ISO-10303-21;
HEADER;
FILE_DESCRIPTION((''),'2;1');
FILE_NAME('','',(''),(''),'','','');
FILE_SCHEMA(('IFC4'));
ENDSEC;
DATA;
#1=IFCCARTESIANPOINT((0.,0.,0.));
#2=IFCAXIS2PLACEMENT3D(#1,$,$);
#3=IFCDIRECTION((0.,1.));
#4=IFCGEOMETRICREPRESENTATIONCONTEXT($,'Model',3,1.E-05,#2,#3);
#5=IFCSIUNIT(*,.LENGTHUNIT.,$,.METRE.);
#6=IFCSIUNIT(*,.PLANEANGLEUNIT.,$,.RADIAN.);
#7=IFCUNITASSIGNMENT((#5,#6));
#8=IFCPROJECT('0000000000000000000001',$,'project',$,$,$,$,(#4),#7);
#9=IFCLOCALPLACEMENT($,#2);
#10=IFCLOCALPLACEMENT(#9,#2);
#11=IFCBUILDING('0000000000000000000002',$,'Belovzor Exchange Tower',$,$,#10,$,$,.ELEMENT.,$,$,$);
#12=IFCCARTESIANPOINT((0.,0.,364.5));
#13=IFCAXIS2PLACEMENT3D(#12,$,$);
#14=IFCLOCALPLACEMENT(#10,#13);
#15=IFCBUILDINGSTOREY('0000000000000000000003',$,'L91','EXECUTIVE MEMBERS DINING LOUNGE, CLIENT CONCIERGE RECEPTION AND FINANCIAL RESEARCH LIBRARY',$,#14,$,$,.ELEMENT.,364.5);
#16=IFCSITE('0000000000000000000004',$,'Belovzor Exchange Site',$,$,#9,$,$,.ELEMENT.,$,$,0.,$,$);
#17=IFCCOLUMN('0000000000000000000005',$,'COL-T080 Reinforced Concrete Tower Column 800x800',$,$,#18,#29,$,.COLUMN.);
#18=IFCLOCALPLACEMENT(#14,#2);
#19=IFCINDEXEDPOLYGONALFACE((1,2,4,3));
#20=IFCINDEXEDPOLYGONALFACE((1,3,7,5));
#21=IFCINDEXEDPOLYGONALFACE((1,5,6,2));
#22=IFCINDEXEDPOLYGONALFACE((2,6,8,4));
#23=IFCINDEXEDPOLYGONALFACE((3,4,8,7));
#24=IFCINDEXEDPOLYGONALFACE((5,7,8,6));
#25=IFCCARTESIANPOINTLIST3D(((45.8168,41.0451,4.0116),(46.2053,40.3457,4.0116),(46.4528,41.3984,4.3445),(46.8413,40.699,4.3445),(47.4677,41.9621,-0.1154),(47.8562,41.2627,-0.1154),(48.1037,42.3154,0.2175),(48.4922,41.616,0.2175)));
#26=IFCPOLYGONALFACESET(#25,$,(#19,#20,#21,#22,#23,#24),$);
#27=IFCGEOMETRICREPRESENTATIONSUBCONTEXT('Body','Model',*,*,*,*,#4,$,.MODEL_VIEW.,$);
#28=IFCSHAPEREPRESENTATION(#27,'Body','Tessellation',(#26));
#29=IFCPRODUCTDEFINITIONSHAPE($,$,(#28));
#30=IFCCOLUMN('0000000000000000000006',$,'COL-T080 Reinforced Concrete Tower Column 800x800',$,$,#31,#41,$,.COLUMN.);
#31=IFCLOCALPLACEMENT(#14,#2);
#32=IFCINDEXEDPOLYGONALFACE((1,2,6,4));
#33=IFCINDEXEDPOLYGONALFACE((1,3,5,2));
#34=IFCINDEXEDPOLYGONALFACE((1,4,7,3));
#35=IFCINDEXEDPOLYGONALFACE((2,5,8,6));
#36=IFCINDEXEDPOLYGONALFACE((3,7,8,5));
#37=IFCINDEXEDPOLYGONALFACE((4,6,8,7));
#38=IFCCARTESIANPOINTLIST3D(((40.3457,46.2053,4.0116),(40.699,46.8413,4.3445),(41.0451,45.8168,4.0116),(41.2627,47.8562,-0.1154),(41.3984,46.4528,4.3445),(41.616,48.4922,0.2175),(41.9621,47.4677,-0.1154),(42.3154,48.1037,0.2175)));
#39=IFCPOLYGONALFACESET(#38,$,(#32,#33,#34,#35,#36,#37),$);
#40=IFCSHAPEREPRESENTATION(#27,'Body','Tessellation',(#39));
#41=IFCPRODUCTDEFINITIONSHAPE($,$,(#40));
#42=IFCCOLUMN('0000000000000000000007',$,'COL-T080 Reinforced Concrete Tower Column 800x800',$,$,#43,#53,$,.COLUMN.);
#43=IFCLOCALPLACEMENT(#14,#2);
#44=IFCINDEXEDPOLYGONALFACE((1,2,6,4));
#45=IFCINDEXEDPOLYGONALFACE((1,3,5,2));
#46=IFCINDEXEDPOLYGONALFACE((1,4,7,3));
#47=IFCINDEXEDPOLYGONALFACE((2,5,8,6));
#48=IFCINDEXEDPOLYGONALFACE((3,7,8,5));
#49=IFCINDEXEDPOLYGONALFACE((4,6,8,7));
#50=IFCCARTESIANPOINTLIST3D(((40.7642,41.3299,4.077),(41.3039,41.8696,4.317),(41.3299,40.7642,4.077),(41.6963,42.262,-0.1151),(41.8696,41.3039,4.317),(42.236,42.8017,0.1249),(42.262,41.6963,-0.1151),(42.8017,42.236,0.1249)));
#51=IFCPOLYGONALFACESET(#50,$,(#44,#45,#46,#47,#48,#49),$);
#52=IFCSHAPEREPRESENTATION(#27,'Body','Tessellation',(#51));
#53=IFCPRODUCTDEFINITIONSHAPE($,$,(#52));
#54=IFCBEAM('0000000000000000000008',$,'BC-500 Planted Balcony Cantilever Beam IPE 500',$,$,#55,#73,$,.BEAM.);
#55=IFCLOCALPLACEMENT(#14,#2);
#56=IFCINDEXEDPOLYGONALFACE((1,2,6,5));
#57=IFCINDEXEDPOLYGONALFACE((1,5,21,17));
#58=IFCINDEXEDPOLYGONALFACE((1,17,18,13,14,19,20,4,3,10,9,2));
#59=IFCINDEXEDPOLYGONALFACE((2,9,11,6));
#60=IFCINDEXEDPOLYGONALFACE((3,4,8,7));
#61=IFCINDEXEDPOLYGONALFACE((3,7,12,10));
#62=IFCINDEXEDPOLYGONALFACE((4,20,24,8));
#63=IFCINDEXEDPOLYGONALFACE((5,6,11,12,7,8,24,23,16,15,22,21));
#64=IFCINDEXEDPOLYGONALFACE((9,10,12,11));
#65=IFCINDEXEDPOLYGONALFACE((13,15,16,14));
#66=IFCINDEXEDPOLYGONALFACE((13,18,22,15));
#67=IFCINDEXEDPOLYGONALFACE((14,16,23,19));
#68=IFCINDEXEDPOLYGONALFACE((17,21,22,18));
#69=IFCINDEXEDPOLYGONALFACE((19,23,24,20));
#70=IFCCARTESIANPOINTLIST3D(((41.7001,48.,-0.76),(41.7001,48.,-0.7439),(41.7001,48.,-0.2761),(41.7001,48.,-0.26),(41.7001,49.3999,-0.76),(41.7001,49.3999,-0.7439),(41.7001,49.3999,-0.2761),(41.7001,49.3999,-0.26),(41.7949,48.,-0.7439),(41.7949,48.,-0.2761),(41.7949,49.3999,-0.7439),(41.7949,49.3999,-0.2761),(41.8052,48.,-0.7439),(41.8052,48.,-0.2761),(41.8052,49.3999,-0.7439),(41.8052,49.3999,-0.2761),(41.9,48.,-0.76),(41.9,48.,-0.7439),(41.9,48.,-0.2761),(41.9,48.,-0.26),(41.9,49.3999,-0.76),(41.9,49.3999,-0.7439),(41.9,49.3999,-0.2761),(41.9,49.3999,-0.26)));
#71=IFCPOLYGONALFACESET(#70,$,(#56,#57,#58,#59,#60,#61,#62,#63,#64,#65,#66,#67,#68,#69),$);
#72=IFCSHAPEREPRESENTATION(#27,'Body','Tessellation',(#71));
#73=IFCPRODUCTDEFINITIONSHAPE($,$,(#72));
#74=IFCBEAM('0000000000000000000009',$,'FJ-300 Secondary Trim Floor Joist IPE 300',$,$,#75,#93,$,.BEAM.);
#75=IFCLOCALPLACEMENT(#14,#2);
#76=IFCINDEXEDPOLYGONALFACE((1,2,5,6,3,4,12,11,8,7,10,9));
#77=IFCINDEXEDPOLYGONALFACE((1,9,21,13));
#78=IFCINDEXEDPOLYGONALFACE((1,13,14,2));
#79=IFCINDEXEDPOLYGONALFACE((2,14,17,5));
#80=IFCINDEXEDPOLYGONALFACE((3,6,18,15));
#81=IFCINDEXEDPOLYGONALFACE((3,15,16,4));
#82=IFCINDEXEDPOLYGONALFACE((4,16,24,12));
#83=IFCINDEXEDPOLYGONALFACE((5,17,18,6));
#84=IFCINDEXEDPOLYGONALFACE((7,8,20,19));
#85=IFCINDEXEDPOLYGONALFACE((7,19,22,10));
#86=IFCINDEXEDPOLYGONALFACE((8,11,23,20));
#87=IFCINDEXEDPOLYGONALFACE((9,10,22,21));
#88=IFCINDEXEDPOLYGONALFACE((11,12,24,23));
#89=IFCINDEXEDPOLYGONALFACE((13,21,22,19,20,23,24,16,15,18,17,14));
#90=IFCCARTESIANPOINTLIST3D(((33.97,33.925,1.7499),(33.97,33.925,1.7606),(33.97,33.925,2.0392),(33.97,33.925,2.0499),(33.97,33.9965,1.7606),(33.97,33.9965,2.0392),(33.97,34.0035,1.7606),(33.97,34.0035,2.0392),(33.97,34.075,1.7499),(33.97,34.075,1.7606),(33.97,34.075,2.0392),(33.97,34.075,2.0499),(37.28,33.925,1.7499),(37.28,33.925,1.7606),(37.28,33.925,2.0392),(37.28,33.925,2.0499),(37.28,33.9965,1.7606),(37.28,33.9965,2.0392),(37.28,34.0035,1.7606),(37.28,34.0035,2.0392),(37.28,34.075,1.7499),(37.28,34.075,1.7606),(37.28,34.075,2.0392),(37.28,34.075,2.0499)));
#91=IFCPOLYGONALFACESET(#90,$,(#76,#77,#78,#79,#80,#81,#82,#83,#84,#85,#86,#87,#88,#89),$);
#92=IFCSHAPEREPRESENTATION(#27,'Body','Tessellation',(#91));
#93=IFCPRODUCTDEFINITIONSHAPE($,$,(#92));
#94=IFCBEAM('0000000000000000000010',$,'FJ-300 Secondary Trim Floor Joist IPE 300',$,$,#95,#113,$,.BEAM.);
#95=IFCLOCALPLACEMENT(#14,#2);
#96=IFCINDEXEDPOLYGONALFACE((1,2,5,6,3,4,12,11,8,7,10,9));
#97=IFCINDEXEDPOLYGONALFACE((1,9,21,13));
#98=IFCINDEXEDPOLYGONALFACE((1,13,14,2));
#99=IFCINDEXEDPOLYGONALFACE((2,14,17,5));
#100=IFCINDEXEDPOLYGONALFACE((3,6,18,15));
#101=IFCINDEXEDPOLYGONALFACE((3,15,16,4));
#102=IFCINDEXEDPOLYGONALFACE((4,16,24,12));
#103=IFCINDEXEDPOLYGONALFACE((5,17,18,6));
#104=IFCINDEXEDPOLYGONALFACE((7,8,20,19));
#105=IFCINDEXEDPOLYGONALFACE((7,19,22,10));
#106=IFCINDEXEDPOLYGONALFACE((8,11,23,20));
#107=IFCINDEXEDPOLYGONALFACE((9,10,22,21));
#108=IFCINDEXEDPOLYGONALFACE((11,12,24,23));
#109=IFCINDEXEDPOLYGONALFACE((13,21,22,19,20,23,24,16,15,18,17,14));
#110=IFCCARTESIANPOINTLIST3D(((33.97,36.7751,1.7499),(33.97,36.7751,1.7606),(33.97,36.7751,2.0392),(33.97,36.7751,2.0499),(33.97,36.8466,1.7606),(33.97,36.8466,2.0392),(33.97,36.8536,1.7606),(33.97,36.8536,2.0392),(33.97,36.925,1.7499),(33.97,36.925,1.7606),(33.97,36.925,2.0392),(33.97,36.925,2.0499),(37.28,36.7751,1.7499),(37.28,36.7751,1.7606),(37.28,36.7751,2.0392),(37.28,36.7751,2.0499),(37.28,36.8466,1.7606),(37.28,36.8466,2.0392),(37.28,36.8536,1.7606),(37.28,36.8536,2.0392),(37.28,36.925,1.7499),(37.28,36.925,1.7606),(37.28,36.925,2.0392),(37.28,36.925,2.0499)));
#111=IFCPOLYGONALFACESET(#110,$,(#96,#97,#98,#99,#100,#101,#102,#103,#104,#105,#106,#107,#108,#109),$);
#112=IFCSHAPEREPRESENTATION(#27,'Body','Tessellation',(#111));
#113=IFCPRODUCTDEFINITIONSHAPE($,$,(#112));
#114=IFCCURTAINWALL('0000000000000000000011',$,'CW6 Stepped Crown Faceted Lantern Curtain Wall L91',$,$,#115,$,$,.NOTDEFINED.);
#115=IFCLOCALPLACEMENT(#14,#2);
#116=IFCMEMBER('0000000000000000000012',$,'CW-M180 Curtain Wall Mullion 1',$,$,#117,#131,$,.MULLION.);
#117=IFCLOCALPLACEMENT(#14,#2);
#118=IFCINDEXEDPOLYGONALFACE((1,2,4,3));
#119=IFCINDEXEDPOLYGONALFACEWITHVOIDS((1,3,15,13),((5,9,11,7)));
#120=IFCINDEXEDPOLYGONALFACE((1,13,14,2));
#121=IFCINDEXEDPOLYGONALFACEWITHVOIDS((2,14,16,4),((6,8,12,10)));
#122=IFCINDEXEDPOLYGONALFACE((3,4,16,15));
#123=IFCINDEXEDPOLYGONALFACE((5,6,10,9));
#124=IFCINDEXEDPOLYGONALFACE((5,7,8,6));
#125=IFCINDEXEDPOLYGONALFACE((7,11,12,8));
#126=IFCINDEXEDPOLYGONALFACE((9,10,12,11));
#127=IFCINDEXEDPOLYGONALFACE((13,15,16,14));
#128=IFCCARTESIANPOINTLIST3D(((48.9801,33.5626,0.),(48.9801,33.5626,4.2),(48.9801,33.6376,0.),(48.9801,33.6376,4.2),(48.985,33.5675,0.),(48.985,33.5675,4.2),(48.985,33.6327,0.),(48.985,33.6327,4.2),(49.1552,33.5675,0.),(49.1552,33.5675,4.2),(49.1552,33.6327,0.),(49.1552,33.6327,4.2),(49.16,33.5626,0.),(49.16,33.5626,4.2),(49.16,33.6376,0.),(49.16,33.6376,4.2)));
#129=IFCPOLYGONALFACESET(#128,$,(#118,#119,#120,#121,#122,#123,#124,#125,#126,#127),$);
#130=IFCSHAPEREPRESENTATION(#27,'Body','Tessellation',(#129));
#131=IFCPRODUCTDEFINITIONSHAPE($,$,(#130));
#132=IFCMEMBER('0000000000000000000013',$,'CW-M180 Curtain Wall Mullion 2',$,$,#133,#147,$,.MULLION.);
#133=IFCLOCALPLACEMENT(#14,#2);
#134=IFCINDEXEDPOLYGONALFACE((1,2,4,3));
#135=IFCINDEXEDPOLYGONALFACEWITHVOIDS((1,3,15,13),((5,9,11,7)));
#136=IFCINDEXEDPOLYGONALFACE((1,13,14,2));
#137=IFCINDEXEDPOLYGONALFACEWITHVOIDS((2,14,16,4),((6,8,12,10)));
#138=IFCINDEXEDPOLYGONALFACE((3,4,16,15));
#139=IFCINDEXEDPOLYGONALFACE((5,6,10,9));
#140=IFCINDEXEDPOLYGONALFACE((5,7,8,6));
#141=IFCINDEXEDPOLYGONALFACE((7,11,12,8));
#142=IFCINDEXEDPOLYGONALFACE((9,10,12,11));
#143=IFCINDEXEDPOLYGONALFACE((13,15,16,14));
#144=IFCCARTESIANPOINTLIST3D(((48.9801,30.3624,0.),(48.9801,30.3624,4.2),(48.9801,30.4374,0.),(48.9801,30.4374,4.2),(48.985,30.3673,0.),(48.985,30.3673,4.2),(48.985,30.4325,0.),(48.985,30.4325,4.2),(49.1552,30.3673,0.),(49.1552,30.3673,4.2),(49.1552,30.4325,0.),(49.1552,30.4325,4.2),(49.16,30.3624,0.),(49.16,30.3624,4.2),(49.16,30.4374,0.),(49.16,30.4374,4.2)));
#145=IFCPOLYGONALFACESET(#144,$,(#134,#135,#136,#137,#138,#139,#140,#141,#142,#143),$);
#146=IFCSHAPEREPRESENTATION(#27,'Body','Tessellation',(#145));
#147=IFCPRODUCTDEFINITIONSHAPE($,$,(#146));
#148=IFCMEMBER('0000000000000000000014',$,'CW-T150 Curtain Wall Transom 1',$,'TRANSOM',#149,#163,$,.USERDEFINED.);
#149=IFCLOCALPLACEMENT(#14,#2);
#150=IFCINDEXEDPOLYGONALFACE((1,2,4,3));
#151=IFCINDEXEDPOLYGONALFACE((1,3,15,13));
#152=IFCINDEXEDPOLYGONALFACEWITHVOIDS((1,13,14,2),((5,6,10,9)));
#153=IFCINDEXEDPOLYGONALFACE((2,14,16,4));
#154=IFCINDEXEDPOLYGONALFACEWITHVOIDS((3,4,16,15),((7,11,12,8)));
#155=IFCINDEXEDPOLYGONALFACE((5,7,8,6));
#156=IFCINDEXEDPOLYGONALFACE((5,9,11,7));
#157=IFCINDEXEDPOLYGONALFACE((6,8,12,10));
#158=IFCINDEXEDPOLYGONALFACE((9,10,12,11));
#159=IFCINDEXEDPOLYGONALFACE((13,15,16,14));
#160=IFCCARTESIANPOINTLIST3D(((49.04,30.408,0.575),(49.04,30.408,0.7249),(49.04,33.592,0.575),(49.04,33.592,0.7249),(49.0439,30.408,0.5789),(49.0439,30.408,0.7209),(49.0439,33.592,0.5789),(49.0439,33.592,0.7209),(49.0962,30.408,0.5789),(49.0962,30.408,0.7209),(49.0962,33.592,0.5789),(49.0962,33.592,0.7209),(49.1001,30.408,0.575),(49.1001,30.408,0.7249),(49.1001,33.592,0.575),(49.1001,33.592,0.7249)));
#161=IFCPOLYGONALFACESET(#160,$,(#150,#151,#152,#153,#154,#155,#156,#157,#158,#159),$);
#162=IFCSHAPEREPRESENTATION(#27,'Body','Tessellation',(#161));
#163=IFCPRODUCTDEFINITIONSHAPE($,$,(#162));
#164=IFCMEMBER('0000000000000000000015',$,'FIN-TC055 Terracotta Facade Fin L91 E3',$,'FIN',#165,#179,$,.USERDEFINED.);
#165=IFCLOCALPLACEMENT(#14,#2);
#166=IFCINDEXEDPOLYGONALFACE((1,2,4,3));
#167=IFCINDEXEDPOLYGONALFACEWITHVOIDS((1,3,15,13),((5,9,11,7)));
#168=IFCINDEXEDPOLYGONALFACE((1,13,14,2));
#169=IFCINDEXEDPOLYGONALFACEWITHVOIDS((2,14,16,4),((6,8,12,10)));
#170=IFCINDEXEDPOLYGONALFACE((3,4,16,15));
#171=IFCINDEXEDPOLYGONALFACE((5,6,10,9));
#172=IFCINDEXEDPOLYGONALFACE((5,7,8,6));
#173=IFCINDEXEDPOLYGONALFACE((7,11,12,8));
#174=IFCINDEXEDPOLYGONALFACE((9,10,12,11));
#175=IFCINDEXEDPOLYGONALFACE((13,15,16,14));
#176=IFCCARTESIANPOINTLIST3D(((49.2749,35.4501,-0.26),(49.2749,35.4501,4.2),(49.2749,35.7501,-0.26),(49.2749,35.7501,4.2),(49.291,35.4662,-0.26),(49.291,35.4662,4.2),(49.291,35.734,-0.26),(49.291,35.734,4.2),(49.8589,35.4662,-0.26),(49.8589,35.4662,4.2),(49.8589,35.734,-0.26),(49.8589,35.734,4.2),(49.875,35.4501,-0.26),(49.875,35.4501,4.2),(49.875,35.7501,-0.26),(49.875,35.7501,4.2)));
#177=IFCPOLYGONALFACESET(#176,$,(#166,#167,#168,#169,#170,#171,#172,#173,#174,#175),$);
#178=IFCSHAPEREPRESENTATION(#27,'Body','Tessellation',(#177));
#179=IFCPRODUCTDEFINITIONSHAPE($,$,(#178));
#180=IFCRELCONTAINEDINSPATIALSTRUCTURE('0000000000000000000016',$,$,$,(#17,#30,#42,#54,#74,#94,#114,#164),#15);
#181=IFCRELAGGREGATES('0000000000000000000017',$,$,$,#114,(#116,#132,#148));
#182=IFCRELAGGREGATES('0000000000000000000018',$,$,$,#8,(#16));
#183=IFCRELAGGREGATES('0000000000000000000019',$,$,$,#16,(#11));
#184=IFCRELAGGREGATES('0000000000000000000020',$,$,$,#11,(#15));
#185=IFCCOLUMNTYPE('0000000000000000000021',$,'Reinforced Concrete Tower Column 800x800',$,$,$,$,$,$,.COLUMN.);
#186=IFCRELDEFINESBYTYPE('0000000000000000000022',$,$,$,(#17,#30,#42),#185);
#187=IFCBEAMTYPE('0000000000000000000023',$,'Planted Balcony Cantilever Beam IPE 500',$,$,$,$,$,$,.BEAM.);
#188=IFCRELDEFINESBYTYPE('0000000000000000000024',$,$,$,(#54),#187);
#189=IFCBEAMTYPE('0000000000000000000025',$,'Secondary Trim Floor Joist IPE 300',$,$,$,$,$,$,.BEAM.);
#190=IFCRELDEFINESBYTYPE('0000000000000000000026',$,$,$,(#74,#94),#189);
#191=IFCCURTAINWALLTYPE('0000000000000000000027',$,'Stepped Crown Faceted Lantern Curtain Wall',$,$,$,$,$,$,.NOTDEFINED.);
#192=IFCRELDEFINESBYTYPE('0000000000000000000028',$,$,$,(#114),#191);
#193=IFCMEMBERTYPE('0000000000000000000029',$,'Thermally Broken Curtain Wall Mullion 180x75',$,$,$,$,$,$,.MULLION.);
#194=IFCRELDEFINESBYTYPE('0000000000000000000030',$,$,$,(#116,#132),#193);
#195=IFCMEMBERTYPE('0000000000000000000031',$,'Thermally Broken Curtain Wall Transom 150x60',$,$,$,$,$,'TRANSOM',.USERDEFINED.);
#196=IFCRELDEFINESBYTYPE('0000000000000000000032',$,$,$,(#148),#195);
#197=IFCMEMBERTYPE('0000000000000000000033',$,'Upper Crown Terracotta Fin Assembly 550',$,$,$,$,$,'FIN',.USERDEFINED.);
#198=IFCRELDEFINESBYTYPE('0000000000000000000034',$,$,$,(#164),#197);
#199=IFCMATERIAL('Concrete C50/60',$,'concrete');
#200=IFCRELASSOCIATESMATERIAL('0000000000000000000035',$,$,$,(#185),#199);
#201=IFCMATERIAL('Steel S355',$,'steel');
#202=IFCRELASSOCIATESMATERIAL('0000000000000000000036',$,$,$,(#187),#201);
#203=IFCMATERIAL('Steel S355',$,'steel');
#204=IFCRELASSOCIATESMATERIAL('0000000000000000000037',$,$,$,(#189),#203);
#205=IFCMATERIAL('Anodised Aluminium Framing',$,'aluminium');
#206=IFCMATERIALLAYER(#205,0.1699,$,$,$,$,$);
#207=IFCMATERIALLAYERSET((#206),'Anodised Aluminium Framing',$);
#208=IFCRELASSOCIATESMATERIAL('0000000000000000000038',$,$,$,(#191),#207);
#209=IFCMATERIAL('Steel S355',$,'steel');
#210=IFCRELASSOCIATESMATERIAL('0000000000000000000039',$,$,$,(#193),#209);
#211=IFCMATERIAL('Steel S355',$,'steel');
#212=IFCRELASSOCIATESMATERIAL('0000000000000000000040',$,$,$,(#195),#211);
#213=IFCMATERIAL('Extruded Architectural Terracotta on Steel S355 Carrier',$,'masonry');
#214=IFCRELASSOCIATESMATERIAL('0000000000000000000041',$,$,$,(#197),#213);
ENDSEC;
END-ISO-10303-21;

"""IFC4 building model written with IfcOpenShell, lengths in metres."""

from ifc_helpers import new_model, si_unit, direction, frame, origin, origin_2d, place, context, subcontext, project, spatial, rectangle, hollow_rectangle, i_section, extrude, material, layer, layer_set, material_profile, profile_set, type_object, element, aggregate, save


model = new_model("IFC4")

# Units and contexts
model_context = context("Model", 3, precision=1e-05, world=origin(), true_north=direction((0.0, 1.0)))
body_context = subcontext(model_context, "Body", "Model", "MODEL_VIEW")
ifc_project = project(units=[si_unit("LENGTHUNIT", "METRE"), si_unit("PLANEANGLEUNIT", "RADIAN")], contexts=[model_context])

# Site, building, storey
site_placement = place(None, origin())
site = spatial("IfcSite", under=ifc_project, at=site_placement, Name="Belovzor Exchange Site", CompositionType="ELEMENT", RefElevation=0.0)
building_placement = place(site_placement, origin())
building = spatial("IfcBuilding", under=site, at=building_placement, Name="Belovzor Exchange Tower", CompositionType="ELEMENT")
storey_placement = place(building_placement, frame((0.0, 0.0, 364.5)))
storey = spatial("IfcBuildingStorey", under=building, at=storey_placement, Name="L91", Description="EXECUTIVE MEMBERS DINING LOUNGE, CLIENT CONCIERGE RECEPTION AND FINANCIAL RESEARCH LIBRARY", CompositionType="ELEMENT", Elevation=364.5)

# Columns
ifc_material_1 = material(Name="Concrete C50/60", Category="concrete")
ifc_material_profile_1 = material_profile(ifc_material_1, rectangle(XDim=0.8, YDim=0.8, at=origin_2d()))
ifc_profile_set_1 = profile_set([ifc_material_profile_1], Name="Concrete C50/60")
column_type = type_object("IfcColumnType", Name="Reinforced Concrete Tower Column 800x800", PredefinedType="COLUMN", material=ifc_profile_set_1)
for number, where, z_axis, x_axis, name in (
    (1, (47.98, 41.7891, 0.051), (-0.36375, -0.202047, 0.90932), (0.485577, -0.874194, 0.0), "COL-T080 Reinforced Concrete Tower Column 800x800"),
    (2, (41.7891, 47.98, 0.051), (-0.202047, -0.36375, 0.90932), (0.874194, -0.485577, 0.0), "COL-T080 Reinforced Concrete Tower Column 800x800"),
):
    element("IfcColumn", number, at=place(storey_placement, frame(where, z_axis=z_axis, x_axis=x_axis)), inside=storey, type_object=column_type, Name=name, PredefinedType="COLUMN", context=body_context, shape_type="SweptSolid", body=[
        extrude(rectangle(XDim=0.8, YDim=0.8, at=origin_2d()), origin(), (0.0, 0.0, 1.0), 4.5386),
    ])
column_placement = place(storey_placement, frame((42.249, 42.249, 0.0049), z_axis=(-0.212112, -0.212112, 0.953948), x_axis=(0.707107, -0.707107, 0.0)))
element("IfcColumn", 3, at=column_placement, inside=storey, type_object=column_type, Name="COL-T080 Reinforced Concrete Tower Column 800x800", PredefinedType="COLUMN", context=body_context, shape_type="SweptSolid", body=[
    extrude(rectangle(XDim=0.8, YDim=0.8, at=origin_2d()), origin(), (0.0, 0.0, 1.0), 4.3945),
])

# Beams
ifc_material_2 = material(Name="Steel S355", Category="steel")
ifc_material_profile_2 = material_profile(ifc_material_2, i_section(OverallWidth=0.2, OverallDepth=0.5, WebThickness=0.0103, FlangeThickness=0.0161, at=origin_2d()))
ifc_profile_set_2 = profile_set([ifc_material_profile_2], Name="Steel S355")
beam_type_1 = type_object("IfcBeamType", Name="Planted Balcony Cantilever Beam IPE 500", PredefinedType="BEAM", material=ifc_profile_set_2)
beam_1_placement = place(storey_placement, frame((41.8, 48.0, -0.51), z_axis=(0.0, 1.0, 0.0), x_axis=(-1.0, 0.0, 0.0)))
element("IfcBeam", 4, at=beam_1_placement, inside=storey, type_object=beam_type_1, Name="BC-500 Planted Balcony Cantilever Beam IPE 500", PredefinedType="BEAM", context=body_context, shape_type="SweptSolid", body=[
    extrude(i_section(OverallWidth=0.2, OverallDepth=0.5, WebThickness=0.0103, FlangeThickness=0.0161, at=origin_2d()), origin(), (0.0, 0.0, 1.0), 1.3999),
])
ifc_material_3 = material(Name="Steel S355", Category="steel")
ifc_material_profile_3 = material_profile(ifc_material_3, i_section(OverallWidth=0.1499, OverallDepth=0.3, WebThickness=0.0071, FlangeThickness=0.0107, at=origin_2d()))
ifc_profile_set_3 = profile_set([ifc_material_profile_3], Name="Steel S355")
beam_type_2 = type_object("IfcBeamType", Name="Secondary Trim Floor Joist IPE 300", PredefinedType="BEAM", material=ifc_profile_set_3)
for number, where, z_axis, x_axis, name in (
    (5, (37.28, 34.0, 1.8999), (-1.0, 0.0, 0.0), (0.0, -1.0, 0.0), "FJ-300 Secondary Trim Floor Joist IPE 300"),
    (6, (37.28, 36.8501, 1.8999), (-1.0, 0.0, 0.0), (0.0, -1.0, 0.0), "FJ-300 Secondary Trim Floor Joist IPE 300"),
):
    element("IfcBeam", number, at=place(storey_placement, frame(where, z_axis=z_axis, x_axis=x_axis)), inside=storey, type_object=beam_type_2, Name=name, PredefinedType="BEAM", context=body_context, shape_type="SweptSolid", body=[
        extrude(i_section(OverallWidth=0.1499, OverallDepth=0.3, WebThickness=0.0071, FlangeThickness=0.0107, at=origin_2d()), origin(), (0.0, 0.0, 1.0), 3.3101),
    ])

# Curtain wall, members
ifc_material_4 = material(Name="Anodised Aluminium Framing", Category="aluminium")
ifc_layer_1 = layer(ifc_material_4, 0.1699)
ifc_layer_set_1 = layer_set([ifc_layer_1], Name="Anodised Aluminium Framing")
curtain_wall_type = type_object("IfcCurtainWallType", Name="Stepped Crown Faceted Lantern Curtain Wall", PredefinedType="NOTDEFINED", material=ifc_layer_set_1)
curtain_wall_placement = place(storey_placement, origin())
curtain_wall = element("IfcCurtainWall", 7, at=curtain_wall_placement, inside=storey, type_object=curtain_wall_type, Name="CW6 Stepped Crown Faceted Lantern Curtain Wall L91", PredefinedType="NOTDEFINED")
ifc_material_5 = material(Name="Steel S355", Category="steel")
ifc_material_profile_4 = material_profile(ifc_material_5, hollow_rectangle(XDim=0.075, YDim=0.1799, WallThickness=0.0049, at=origin_2d()))
ifc_profile_set_4 = profile_set([ifc_material_profile_4], Name="Steel S355")
member_type_1 = type_object("IfcMemberType", Name="Thermally Broken Curtain Wall Mullion 180x75", PredefinedType="MULLION", material=ifc_profile_set_4)
member_1_placement = place(storey_placement, frame((49.0701, 33.6001, 0.0), z_axis=(0.0, 0.0, 1.0), x_axis=(0.0, -1.0, 0.0)))
member_1 = element("IfcMember", 8, at=member_1_placement, type_object=member_type_1, Name="CW-M180 Curtain Wall Mullion 1", PredefinedType="MULLION", context=body_context, shape_type="SweptSolid", body=[
    extrude(hollow_rectangle(XDim=0.075, YDim=0.1799, WallThickness=0.0049, at=origin_2d()), origin(), (0.0, 0.0, 1.0), 4.2),
])
member_2_placement = place(storey_placement, frame((49.0701, 30.3999, 0.0), z_axis=(0.0, 0.0, 1.0), x_axis=(0.0, -1.0, 0.0)))
member_2 = element("IfcMember", 9, at=member_2_placement, type_object=member_type_1, Name="CW-M180 Curtain Wall Mullion 2", PredefinedType="MULLION", context=body_context, shape_type="SweptSolid", body=[
    extrude(hollow_rectangle(XDim=0.075, YDim=0.1799, WallThickness=0.0049, at=origin_2d()), origin(), (0.0, 0.0, 1.0), 4.2),
])
ifc_material_6 = material(Name="Steel S355", Category="steel")
ifc_material_profile_5 = material_profile(ifc_material_6, hollow_rectangle(XDim=0.0601, YDim=0.1499, WallThickness=0.0039, at=origin_2d()))
ifc_profile_set_5 = profile_set([ifc_material_profile_5], Name="Steel S355")
member_type_2 = type_object("IfcMemberType", Name="Thermally Broken Curtain Wall Transom 150x60", ElementType="TRANSOM", PredefinedType="USERDEFINED", material=ifc_profile_set_5)
member_3_placement = place(storey_placement, frame((49.0701, 33.592, 0.6499), z_axis=(0.0, -1.0, 0.0), x_axis=(1.0, 0.0, 0.0)))
member_3 = element("IfcMember", 10, at=member_3_placement, type_object=member_type_2, Name="CW-T150 Curtain Wall Transom 1", ObjectType="TRANSOM", PredefinedType="USERDEFINED", context=body_context, shape_type="SweptSolid", body=[
    extrude(hollow_rectangle(XDim=0.0601, YDim=0.1499, WallThickness=0.0039, at=origin_2d()), origin(), (0.0, 0.0, 1.0), 3.1841),
])

# Member
ifc_material_7 = material(Name="Extruded Architectural Terracotta on Steel S355 Carrier", Category="masonry")
ifc_material_profile_6 = material_profile(ifc_material_7, hollow_rectangle(XDim=0.3, YDim=0.6001, WallThickness=0.0161, at=origin_2d()))
ifc_profile_set_6 = profile_set([ifc_material_profile_6], Name="Extruded Architectural Terracotta on Steel S355 Carrier")
member_type_3 = type_object("IfcMemberType", Name="Upper Crown Terracotta Fin Assembly 550", ElementType="FIN", PredefinedType="USERDEFINED", material=ifc_profile_set_6)
for number, where, z_axis, x_axis, name in (
    (11, (49.575, 35.6001, -0.26), (0.0, 0.0, 1.0), (0.0, 1.0, 0.0), "FIN-TC055 Terracotta Facade Fin L91 E3"),
):
    element("IfcMember", number, at=place(storey_placement, frame(where, z_axis=z_axis, x_axis=x_axis)), inside=storey, type_object=member_type_3, Name=name, ObjectType="FIN", PredefinedType="USERDEFINED", context=body_context, shape_type="SweptSolid", body=[
        extrude(hollow_rectangle(XDim=0.3, YDim=0.6001, WallThickness=0.0161, at=origin_2d()), origin(), (0.0, 0.0, 1.0), 4.46),
    ])

aggregate(curtain_wall, [member_1, member_2, member_3])

save(model, "model.ifc")
